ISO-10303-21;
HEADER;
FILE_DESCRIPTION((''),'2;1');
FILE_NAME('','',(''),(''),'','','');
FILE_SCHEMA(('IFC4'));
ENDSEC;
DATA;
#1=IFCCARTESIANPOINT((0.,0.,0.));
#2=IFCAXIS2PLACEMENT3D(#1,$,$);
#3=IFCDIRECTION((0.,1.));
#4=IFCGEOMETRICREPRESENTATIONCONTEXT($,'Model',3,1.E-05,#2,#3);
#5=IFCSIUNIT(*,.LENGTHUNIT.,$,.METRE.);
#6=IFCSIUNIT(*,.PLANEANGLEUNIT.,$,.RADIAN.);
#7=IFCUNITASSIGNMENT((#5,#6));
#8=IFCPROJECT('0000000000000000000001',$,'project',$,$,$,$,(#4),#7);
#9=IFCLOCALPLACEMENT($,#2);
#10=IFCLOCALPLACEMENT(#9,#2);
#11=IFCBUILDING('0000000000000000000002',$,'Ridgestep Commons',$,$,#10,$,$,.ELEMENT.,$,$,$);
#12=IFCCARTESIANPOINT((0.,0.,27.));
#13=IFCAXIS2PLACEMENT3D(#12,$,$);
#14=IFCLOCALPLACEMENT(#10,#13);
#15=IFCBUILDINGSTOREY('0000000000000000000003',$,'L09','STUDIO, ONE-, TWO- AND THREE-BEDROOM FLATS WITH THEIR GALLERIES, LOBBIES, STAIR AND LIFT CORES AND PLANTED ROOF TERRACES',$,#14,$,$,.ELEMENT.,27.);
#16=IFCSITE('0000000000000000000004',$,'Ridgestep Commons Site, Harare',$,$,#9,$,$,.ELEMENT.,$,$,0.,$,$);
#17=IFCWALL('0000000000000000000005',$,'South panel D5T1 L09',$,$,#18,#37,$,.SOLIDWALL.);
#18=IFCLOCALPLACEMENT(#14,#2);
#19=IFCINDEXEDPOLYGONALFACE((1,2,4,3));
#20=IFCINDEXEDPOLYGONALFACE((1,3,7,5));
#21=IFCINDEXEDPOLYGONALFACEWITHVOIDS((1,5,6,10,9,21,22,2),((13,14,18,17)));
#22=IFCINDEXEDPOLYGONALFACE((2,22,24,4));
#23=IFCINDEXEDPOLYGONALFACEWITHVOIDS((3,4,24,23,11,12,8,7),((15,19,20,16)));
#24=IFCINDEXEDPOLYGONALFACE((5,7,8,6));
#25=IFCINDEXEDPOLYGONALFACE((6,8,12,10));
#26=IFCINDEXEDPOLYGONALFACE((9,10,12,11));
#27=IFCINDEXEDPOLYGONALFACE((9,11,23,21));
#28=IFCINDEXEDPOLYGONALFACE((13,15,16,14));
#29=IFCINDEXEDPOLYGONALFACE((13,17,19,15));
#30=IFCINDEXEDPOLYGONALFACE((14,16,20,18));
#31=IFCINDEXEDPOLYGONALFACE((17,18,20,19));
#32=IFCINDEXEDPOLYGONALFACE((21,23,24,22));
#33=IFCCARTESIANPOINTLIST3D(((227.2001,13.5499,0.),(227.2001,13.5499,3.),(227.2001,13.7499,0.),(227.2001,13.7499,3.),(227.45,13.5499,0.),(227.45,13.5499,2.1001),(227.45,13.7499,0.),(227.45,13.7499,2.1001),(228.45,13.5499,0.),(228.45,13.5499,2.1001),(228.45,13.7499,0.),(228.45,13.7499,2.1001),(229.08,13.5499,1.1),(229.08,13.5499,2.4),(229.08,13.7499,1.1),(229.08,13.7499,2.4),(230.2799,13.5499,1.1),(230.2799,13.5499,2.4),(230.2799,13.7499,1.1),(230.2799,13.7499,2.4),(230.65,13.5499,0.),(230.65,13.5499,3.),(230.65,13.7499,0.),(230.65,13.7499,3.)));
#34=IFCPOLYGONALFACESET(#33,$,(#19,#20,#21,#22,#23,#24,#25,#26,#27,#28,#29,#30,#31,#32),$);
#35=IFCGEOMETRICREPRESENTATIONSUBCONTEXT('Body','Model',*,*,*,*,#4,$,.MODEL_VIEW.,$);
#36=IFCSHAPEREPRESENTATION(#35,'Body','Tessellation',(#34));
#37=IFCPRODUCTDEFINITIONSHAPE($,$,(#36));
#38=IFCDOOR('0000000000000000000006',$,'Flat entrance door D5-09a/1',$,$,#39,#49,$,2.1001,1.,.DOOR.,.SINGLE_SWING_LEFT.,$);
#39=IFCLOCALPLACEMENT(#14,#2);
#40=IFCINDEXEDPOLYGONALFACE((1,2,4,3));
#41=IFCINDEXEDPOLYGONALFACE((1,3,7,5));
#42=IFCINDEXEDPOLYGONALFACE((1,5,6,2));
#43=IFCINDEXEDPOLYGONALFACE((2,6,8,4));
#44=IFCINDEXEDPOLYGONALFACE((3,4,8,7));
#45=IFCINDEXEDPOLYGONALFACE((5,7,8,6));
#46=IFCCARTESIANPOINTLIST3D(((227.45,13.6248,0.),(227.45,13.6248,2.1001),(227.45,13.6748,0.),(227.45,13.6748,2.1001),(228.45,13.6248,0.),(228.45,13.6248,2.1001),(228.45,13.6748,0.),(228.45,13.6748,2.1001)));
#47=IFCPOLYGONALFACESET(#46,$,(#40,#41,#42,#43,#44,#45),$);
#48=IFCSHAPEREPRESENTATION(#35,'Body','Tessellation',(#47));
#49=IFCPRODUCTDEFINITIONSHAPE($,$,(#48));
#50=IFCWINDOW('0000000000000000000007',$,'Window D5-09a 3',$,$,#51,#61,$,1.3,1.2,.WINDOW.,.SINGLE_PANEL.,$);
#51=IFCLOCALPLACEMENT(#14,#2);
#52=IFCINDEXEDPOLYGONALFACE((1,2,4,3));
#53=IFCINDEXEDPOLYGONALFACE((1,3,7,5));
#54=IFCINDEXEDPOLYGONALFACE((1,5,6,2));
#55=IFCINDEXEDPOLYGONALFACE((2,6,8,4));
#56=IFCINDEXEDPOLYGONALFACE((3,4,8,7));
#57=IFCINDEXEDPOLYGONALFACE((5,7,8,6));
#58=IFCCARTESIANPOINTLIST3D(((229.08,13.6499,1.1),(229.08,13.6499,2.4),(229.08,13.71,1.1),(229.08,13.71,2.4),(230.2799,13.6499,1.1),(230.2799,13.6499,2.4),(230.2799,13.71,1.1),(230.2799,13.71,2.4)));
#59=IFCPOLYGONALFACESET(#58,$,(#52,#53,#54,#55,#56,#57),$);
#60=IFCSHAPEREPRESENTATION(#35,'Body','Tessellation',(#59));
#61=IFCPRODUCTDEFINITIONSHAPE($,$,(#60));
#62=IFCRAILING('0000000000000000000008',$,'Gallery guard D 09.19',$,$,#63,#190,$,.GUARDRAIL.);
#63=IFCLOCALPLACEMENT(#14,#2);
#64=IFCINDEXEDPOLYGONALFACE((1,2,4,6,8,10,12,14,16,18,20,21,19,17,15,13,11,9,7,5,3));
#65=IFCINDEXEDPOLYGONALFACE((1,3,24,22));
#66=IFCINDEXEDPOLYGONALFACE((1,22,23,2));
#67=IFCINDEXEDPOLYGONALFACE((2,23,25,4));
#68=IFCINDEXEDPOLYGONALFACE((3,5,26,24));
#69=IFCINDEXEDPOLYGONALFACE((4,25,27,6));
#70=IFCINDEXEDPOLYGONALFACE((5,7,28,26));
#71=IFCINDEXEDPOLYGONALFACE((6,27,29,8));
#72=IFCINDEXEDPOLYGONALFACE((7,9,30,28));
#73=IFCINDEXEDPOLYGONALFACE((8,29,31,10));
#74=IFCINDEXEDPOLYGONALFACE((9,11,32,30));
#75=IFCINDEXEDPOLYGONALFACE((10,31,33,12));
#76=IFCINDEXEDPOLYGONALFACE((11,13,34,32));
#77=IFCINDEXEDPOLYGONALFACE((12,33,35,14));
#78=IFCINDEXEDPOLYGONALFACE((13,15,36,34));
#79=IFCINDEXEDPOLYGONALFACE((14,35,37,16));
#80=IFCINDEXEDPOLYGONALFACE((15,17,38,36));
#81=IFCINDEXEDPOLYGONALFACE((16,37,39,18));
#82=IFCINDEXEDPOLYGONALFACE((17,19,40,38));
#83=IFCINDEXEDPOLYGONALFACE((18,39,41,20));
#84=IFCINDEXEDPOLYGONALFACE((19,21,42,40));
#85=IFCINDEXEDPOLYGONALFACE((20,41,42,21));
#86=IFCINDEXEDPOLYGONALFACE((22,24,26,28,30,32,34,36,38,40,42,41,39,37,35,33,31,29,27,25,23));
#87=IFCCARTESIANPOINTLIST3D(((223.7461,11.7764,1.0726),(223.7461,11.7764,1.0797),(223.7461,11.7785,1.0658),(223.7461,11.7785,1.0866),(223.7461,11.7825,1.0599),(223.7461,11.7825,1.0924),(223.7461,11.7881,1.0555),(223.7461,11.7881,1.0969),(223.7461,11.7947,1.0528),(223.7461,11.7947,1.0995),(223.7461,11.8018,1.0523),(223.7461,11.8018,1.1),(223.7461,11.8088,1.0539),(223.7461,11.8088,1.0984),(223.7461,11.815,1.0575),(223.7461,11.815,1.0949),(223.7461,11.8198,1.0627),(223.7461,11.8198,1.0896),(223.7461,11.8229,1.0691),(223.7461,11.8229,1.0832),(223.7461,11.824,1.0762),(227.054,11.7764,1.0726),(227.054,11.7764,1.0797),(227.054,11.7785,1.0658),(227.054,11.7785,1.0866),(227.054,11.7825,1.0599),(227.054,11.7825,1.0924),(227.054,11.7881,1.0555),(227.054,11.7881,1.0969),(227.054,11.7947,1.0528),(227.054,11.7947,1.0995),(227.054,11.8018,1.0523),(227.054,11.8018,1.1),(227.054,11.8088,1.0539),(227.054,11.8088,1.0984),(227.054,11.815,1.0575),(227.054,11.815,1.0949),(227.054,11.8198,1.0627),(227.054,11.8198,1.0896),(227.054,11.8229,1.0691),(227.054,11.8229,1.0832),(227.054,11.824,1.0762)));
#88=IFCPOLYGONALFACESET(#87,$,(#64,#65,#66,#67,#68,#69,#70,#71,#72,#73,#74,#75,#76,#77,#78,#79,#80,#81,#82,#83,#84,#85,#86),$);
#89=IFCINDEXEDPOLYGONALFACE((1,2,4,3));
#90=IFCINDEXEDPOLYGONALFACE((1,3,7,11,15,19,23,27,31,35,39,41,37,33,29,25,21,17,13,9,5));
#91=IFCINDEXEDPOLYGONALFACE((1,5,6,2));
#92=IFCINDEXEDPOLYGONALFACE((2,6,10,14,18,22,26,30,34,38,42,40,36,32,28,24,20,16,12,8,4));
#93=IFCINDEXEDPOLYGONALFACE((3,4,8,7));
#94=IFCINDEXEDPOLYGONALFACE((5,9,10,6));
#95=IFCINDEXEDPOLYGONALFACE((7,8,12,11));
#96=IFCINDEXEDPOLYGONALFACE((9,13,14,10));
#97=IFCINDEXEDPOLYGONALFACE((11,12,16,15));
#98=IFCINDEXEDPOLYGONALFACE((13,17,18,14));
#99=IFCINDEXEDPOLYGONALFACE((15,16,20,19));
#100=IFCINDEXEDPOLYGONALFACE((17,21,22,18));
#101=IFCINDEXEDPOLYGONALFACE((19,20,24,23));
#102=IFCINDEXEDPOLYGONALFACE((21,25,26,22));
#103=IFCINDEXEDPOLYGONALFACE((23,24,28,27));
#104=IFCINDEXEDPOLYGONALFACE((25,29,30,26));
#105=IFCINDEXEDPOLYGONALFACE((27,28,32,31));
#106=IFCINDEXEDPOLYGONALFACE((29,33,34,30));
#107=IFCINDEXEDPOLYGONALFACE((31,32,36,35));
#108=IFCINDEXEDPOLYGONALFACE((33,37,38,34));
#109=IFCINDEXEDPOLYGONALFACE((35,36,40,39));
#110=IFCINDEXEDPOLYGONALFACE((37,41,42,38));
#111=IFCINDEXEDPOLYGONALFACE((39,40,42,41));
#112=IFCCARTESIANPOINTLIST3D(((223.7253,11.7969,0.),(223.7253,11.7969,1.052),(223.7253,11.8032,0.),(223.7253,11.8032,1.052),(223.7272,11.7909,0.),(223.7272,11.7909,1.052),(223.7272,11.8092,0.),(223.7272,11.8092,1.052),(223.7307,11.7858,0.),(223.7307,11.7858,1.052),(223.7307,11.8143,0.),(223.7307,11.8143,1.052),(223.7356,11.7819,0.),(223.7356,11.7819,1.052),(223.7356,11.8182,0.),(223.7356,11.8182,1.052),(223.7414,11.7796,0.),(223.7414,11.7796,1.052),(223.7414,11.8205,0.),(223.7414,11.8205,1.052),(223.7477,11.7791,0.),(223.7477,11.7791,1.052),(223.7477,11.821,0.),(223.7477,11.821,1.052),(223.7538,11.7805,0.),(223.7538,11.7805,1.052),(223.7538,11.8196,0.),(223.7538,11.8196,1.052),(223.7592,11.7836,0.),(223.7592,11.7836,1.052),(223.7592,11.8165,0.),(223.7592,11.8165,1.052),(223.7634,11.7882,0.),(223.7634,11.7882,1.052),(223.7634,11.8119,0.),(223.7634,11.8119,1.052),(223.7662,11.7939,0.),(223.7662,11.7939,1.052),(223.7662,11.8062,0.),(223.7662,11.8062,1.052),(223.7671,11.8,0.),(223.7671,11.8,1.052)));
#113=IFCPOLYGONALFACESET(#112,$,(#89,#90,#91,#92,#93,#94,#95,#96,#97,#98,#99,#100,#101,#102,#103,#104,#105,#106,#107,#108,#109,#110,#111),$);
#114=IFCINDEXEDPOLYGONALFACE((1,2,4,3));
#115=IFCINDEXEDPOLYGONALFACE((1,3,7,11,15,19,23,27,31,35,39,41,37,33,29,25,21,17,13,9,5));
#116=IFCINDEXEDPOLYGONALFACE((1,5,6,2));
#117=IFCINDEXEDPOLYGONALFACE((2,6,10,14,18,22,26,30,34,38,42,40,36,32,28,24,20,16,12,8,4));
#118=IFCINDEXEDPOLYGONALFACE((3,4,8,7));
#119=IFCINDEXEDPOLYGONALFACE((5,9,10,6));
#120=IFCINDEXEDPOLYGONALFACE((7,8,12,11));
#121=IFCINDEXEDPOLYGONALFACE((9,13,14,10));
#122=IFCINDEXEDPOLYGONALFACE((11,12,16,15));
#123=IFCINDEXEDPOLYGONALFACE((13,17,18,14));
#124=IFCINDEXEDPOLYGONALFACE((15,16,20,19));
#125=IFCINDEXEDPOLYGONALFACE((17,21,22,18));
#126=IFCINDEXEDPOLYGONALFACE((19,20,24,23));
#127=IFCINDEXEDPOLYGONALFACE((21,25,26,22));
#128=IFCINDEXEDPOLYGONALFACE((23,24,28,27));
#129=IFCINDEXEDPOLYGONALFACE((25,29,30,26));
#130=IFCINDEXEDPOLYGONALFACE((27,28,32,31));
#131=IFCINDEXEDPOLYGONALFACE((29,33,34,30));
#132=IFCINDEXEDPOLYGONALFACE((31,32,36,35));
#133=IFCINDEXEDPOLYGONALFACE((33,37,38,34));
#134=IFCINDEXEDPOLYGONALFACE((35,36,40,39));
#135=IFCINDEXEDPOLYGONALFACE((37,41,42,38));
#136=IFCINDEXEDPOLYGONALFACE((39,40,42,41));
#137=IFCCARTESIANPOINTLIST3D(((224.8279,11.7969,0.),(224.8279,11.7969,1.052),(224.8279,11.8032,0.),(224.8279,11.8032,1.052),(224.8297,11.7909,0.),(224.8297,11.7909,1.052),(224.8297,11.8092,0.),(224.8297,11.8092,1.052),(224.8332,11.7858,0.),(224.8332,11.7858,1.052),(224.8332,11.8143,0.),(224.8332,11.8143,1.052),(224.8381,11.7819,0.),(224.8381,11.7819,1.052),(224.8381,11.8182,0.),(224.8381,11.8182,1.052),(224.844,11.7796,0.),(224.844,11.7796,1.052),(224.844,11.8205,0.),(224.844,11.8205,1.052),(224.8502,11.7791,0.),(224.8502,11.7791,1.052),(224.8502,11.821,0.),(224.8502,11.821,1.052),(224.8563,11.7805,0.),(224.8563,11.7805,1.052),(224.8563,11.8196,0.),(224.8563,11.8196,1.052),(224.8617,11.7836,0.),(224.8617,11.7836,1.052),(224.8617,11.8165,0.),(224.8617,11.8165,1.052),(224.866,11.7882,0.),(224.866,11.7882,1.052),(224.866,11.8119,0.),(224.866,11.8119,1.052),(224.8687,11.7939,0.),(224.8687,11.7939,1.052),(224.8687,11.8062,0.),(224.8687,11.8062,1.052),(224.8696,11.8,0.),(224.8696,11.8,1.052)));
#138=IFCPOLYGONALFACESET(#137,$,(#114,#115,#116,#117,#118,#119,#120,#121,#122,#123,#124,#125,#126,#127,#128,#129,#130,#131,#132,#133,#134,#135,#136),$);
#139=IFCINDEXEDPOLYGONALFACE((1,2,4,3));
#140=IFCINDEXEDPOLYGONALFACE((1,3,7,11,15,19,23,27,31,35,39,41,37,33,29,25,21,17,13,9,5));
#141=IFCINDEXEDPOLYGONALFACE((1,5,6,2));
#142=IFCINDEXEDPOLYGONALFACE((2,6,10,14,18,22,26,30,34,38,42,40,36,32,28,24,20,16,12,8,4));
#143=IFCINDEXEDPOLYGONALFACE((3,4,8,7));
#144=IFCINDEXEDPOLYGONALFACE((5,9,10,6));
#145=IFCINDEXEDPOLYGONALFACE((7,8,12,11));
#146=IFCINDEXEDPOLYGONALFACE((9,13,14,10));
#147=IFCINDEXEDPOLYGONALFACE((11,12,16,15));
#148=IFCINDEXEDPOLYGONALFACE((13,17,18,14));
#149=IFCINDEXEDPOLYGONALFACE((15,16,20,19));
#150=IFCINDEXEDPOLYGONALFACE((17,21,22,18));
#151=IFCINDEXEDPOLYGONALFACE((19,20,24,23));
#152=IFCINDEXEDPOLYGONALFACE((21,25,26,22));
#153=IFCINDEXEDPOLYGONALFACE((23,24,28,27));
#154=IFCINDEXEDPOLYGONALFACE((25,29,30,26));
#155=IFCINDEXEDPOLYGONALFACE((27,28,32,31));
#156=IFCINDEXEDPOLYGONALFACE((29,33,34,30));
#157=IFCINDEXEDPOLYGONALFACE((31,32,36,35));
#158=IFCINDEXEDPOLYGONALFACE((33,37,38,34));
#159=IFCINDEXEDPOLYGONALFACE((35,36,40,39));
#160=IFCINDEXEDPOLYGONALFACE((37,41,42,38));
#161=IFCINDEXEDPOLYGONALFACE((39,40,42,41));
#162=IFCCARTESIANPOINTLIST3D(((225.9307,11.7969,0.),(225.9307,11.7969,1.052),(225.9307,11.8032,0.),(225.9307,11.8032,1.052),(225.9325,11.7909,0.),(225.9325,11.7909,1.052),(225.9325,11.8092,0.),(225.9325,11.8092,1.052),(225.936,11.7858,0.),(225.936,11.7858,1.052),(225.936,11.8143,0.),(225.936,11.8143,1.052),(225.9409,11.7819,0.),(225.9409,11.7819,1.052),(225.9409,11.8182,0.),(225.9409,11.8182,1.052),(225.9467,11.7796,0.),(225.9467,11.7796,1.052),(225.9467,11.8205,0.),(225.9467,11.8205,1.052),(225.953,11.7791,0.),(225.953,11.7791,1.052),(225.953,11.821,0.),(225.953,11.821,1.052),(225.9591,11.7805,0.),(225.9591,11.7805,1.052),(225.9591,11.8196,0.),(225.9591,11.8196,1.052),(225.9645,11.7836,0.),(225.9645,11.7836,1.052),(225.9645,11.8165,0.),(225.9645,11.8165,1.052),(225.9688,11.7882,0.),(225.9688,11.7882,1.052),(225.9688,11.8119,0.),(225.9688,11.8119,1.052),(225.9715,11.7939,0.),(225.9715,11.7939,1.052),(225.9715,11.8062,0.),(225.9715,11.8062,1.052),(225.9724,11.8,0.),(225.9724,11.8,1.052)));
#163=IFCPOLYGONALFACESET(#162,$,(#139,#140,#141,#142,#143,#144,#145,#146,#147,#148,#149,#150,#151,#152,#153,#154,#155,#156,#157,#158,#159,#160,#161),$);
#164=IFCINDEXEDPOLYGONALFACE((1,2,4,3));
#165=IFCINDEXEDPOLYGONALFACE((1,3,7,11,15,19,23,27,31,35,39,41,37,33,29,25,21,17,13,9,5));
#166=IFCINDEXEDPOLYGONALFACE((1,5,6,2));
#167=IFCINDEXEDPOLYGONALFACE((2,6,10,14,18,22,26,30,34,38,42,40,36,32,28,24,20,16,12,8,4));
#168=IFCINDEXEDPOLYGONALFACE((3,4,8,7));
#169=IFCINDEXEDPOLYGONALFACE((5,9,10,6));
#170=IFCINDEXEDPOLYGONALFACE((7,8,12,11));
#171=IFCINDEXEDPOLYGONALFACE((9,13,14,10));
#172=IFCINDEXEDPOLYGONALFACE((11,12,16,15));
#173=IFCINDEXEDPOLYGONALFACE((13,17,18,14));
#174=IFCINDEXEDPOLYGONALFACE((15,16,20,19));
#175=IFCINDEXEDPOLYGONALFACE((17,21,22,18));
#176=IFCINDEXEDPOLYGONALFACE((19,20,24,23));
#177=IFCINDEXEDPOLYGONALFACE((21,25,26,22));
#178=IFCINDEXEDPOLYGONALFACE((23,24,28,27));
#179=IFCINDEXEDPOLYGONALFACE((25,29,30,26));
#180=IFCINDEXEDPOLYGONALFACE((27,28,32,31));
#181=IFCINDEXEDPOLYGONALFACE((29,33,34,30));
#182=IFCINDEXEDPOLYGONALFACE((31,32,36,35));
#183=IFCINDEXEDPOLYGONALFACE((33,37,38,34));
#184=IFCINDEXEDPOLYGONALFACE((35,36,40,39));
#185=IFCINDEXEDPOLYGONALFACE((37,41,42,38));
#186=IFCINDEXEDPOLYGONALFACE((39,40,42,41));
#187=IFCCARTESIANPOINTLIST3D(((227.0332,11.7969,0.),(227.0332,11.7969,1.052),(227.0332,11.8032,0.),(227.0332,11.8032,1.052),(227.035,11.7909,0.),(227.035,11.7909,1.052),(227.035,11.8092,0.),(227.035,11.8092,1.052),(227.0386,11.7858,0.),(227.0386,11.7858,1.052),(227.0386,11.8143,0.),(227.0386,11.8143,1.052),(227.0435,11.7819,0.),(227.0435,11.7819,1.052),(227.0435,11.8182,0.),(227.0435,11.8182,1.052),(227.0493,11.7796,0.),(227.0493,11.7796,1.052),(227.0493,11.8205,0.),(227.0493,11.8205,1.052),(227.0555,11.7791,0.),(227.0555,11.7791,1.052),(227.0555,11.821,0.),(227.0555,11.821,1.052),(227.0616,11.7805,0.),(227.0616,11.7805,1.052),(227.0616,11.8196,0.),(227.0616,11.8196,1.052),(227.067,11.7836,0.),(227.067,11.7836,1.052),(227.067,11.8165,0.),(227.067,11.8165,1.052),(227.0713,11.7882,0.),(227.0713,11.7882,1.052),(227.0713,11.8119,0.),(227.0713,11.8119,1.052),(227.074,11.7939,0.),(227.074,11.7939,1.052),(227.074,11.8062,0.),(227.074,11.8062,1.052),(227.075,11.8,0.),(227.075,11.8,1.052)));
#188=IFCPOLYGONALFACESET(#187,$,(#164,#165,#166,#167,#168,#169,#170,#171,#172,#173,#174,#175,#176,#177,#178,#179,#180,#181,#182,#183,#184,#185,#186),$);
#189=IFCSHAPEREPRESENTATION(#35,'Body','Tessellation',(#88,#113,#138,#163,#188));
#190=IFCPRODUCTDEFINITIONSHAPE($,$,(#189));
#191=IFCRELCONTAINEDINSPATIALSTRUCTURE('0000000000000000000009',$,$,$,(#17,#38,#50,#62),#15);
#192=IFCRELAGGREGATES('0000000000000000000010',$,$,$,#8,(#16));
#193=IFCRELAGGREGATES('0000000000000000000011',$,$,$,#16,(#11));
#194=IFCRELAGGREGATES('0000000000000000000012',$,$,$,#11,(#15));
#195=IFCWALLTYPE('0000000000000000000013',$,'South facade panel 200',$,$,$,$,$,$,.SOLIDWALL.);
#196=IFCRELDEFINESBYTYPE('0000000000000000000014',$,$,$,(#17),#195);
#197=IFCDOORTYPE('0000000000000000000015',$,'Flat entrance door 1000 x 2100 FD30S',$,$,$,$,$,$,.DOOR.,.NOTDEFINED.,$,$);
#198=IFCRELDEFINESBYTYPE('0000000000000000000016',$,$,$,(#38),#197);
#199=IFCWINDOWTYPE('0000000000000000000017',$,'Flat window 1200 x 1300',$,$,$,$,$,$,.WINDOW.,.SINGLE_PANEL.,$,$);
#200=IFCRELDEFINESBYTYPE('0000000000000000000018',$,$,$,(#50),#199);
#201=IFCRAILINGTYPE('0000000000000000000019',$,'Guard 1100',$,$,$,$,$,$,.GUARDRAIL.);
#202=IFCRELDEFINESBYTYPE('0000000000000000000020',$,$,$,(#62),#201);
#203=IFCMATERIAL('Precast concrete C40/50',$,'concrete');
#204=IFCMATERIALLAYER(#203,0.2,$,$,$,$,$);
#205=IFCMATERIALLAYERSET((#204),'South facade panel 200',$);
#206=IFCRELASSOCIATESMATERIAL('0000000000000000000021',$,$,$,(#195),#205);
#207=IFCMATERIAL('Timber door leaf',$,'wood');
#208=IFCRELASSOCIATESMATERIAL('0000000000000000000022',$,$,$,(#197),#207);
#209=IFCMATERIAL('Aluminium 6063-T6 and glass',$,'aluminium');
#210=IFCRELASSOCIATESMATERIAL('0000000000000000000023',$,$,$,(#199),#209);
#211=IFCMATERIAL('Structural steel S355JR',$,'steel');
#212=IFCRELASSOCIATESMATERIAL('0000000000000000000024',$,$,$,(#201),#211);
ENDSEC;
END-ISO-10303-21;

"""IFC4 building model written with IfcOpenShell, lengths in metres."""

from ifc_helpers import new_model, si_unit, direction, frame, frame_2d, origin, origin_2d, place, context, subcontext, project, spatial, rectangle, circle, extrude, material, layer, layer_set, type_object, element, fill, save


model = new_model("IFC4")

# Units and contexts
model_context = context("Model", 3, precision=1e-05, world=origin(), true_north=direction((0.0, 1.0)))
body_context = subcontext(model_context, "Body", "Model", "MODEL_VIEW")
ifc_project = project(units=[si_unit("LENGTHUNIT", "METRE"), si_unit("PLANEANGLEUNIT", "RADIAN")], contexts=[model_context])

# Site, building, storey
site_placement = place(None, origin())
site = spatial("IfcSite", under=ifc_project, at=site_placement, Name="Ridgestep Commons Site, Harare", CompositionType="ELEMENT", RefElevation=0.0)
building_placement = place(site_placement, origin())
building = spatial("IfcBuilding", under=site, at=building_placement, Name="Ridgestep Commons", CompositionType="ELEMENT")
storey_placement = place(building_placement, frame((0.0, 0.0, 27.0)))
storey = spatial("IfcBuildingStorey", under=building, at=storey_placement, Name="L09", Description="STUDIO, ONE-, TWO- AND THREE-BEDROOM FLATS WITH THEIR GALLERIES, LOBBIES, STAIR AND LIFT CORES AND PLANTED ROOF TERRACES", CompositionType="ELEMENT", Elevation=27.0)

# Shared definitions
ifc_material_1 = material(Name="Precast concrete C40/50", Category="concrete")
ifc_layer_1 = layer(ifc_material_1, 0.2)
ifc_layer_set_1 = layer_set([ifc_layer_1], Name="South facade panel 200")
wall_type_1 = type_object("IfcWallType", Name="South facade panel 200", PredefinedType="SOLIDWALL", material=ifc_layer_set_1)

# Wall, openings, door, window
wall_1_placement = place(storey_placement, frame((227.2, 13.6499, 0.0), z_axis=(0.0, 0.0, 1.0), x_axis=(1.0, 0.0, 0.0)))
wall_1 = element("IfcWall", 1, at=wall_1_placement, inside=storey, type_object=wall_type_1, Name="South panel D5T1 L09", PredefinedType="SOLIDWALL", context=body_context, shape_type="SweptSolid", body=[
    extrude(rectangle(XDim=3.45, YDim=0.2, at=frame_2d((1.7251, 0.0))), origin(), (0.0, 0.0, 1.0), 3.0),
])
opening_1_placement = place(wall_1_placement, frame((1.8799, 0.0, 1.1001)))
opening_1 = element("IfcOpeningElement", 2, at=opening_1_placement, cuts=wall_1, PredefinedType="OPENING", context=body_context, shape_type="SweptSolid", body=[
    extrude(rectangle(XDim=1.2, YDim=1.3, at=frame_2d((0.6001, 0.6499))), frame((0.0, 0.1099, 0.0), z_axis=(0.0, -1.0, 0.0), x_axis=(1.0, 0.0, 0.0)), (0.0, 0.0, 1.0), 0.22),
])
opening_2_placement = place(wall_1_placement, frame((0.25, 0.0, 0.0)))
opening_2 = element("IfcOpeningElement", 3, at=opening_2_placement, cuts=wall_1, PredefinedType="OPENING", context=body_context, shape_type="SweptSolid", body=[
    extrude(rectangle(XDim=1.0, YDim=2.1001, at=frame_2d((0.5, 1.05))), frame((0.0, 0.1099, 0.0), z_axis=(0.0, -1.0, 0.0), x_axis=(1.0, 0.0, 0.0)), (0.0, 0.0, 1.0), 0.22),
])
ifc_material_2 = material(Name="Timber door leaf", Category="wood")
door_type_1 = type_object("IfcDoorType", Name="Flat entrance door 1000 x 2100 FD30S", OperationType="NOTDEFINED", PredefinedType="DOOR", material=ifc_material_2)
door_1_placement = place(opening_2_placement, origin())
door_1 = element("IfcDoor", 4, at=door_1_placement, inside=storey, type_object=door_type_1, Name="Flat entrance door D5-09a/1", OperationType="SINGLE_SWING_LEFT", OverallHeight=2.1001, OverallWidth=1.0, PredefinedType="DOOR", context=body_context, shape_type="SweptSolid", body=[
    extrude(rectangle(XDim=1.0, YDim=2.1001, at=frame_2d((0.5, 1.05))), frame((0.0, 0.0249, 0.0), z_axis=(0.0, -1.0, 0.0), x_axis=(1.0, 0.0, 0.0)), (0.0, 0.0, 1.0), 0.05),
])
fill(opening_2, door_1)
ifc_material_3 = material(Name="Aluminium 6063-T6 and glass", Category="aluminium")
window_type_1 = type_object("IfcWindowType", Name="Flat window 1200 x 1300", PartitioningType="SINGLE_PANEL", PredefinedType="WINDOW", material=ifc_material_3)
window_1_placement = place(opening_1_placement, origin())
window_1 = element("IfcWindow", 5, at=window_1_placement, inside=storey, type_object=window_type_1, Name="Window D5-09a 3", OverallHeight=1.3, OverallWidth=1.2, PartitioningType="SINGLE_PANEL", PredefinedType="WINDOW", context=body_context, shape_type="SweptSolid", body=[
    extrude(rectangle(XDim=1.2, YDim=1.3, at=frame_2d((0.6001, 0.6499))), frame((0.0, 0.0601, 0.0), z_axis=(0.0, -1.0, 0.0), x_axis=(1.0, 0.0, 0.0)), (0.0, 0.0, 1.0), 0.0601),
])
fill(opening_1, window_1)

# Railing
ifc_material_4 = material(Name="Structural steel S355JR", Category="steel")
railing_type = type_object("IfcRailingType", Name="Guard 1100", PredefinedType="GUARDRAIL", material=ifc_material_4)
railing_1_placement = place(storey_placement, frame((223.7461, 11.8, 0.0)))
element("IfcRailing", 6, at=railing_1_placement, inside=storey, type_object=railing_type, Name="Gallery guard D 09.19", PredefinedType="GUARDRAIL", context=body_context, shape_type="SweptSolid", body=[
    extrude(circle(Radius=0.0239, at=origin_2d()), frame((0.0, 0.0, 1.0762), z_axis=(1.0, 0.0, 0.0), x_axis=(0.0, 1.0, 0.0)), (0.0, 0.0, 1.0), 3.3079),
    extrude(circle(Radius=0.021, at=origin_2d()), origin(), (0.0, 0.0, 1.0), 1.052),
    extrude(circle(Radius=0.021, at=origin_2d()), frame((1.1025, 0.0, 0.0)), (0.0, 0.0, 1.0), 1.052),
    extrude(circle(Radius=0.021, at=origin_2d()), frame((2.2053, 0.0, 0.0)), (0.0, 0.0, 1.0), 1.052),
    extrude(circle(Radius=0.021, at=origin_2d()), frame((3.3079, 0.0, 0.0)), (0.0, 0.0, 1.0), 1.052),
])

save(model, "model.ifc")
